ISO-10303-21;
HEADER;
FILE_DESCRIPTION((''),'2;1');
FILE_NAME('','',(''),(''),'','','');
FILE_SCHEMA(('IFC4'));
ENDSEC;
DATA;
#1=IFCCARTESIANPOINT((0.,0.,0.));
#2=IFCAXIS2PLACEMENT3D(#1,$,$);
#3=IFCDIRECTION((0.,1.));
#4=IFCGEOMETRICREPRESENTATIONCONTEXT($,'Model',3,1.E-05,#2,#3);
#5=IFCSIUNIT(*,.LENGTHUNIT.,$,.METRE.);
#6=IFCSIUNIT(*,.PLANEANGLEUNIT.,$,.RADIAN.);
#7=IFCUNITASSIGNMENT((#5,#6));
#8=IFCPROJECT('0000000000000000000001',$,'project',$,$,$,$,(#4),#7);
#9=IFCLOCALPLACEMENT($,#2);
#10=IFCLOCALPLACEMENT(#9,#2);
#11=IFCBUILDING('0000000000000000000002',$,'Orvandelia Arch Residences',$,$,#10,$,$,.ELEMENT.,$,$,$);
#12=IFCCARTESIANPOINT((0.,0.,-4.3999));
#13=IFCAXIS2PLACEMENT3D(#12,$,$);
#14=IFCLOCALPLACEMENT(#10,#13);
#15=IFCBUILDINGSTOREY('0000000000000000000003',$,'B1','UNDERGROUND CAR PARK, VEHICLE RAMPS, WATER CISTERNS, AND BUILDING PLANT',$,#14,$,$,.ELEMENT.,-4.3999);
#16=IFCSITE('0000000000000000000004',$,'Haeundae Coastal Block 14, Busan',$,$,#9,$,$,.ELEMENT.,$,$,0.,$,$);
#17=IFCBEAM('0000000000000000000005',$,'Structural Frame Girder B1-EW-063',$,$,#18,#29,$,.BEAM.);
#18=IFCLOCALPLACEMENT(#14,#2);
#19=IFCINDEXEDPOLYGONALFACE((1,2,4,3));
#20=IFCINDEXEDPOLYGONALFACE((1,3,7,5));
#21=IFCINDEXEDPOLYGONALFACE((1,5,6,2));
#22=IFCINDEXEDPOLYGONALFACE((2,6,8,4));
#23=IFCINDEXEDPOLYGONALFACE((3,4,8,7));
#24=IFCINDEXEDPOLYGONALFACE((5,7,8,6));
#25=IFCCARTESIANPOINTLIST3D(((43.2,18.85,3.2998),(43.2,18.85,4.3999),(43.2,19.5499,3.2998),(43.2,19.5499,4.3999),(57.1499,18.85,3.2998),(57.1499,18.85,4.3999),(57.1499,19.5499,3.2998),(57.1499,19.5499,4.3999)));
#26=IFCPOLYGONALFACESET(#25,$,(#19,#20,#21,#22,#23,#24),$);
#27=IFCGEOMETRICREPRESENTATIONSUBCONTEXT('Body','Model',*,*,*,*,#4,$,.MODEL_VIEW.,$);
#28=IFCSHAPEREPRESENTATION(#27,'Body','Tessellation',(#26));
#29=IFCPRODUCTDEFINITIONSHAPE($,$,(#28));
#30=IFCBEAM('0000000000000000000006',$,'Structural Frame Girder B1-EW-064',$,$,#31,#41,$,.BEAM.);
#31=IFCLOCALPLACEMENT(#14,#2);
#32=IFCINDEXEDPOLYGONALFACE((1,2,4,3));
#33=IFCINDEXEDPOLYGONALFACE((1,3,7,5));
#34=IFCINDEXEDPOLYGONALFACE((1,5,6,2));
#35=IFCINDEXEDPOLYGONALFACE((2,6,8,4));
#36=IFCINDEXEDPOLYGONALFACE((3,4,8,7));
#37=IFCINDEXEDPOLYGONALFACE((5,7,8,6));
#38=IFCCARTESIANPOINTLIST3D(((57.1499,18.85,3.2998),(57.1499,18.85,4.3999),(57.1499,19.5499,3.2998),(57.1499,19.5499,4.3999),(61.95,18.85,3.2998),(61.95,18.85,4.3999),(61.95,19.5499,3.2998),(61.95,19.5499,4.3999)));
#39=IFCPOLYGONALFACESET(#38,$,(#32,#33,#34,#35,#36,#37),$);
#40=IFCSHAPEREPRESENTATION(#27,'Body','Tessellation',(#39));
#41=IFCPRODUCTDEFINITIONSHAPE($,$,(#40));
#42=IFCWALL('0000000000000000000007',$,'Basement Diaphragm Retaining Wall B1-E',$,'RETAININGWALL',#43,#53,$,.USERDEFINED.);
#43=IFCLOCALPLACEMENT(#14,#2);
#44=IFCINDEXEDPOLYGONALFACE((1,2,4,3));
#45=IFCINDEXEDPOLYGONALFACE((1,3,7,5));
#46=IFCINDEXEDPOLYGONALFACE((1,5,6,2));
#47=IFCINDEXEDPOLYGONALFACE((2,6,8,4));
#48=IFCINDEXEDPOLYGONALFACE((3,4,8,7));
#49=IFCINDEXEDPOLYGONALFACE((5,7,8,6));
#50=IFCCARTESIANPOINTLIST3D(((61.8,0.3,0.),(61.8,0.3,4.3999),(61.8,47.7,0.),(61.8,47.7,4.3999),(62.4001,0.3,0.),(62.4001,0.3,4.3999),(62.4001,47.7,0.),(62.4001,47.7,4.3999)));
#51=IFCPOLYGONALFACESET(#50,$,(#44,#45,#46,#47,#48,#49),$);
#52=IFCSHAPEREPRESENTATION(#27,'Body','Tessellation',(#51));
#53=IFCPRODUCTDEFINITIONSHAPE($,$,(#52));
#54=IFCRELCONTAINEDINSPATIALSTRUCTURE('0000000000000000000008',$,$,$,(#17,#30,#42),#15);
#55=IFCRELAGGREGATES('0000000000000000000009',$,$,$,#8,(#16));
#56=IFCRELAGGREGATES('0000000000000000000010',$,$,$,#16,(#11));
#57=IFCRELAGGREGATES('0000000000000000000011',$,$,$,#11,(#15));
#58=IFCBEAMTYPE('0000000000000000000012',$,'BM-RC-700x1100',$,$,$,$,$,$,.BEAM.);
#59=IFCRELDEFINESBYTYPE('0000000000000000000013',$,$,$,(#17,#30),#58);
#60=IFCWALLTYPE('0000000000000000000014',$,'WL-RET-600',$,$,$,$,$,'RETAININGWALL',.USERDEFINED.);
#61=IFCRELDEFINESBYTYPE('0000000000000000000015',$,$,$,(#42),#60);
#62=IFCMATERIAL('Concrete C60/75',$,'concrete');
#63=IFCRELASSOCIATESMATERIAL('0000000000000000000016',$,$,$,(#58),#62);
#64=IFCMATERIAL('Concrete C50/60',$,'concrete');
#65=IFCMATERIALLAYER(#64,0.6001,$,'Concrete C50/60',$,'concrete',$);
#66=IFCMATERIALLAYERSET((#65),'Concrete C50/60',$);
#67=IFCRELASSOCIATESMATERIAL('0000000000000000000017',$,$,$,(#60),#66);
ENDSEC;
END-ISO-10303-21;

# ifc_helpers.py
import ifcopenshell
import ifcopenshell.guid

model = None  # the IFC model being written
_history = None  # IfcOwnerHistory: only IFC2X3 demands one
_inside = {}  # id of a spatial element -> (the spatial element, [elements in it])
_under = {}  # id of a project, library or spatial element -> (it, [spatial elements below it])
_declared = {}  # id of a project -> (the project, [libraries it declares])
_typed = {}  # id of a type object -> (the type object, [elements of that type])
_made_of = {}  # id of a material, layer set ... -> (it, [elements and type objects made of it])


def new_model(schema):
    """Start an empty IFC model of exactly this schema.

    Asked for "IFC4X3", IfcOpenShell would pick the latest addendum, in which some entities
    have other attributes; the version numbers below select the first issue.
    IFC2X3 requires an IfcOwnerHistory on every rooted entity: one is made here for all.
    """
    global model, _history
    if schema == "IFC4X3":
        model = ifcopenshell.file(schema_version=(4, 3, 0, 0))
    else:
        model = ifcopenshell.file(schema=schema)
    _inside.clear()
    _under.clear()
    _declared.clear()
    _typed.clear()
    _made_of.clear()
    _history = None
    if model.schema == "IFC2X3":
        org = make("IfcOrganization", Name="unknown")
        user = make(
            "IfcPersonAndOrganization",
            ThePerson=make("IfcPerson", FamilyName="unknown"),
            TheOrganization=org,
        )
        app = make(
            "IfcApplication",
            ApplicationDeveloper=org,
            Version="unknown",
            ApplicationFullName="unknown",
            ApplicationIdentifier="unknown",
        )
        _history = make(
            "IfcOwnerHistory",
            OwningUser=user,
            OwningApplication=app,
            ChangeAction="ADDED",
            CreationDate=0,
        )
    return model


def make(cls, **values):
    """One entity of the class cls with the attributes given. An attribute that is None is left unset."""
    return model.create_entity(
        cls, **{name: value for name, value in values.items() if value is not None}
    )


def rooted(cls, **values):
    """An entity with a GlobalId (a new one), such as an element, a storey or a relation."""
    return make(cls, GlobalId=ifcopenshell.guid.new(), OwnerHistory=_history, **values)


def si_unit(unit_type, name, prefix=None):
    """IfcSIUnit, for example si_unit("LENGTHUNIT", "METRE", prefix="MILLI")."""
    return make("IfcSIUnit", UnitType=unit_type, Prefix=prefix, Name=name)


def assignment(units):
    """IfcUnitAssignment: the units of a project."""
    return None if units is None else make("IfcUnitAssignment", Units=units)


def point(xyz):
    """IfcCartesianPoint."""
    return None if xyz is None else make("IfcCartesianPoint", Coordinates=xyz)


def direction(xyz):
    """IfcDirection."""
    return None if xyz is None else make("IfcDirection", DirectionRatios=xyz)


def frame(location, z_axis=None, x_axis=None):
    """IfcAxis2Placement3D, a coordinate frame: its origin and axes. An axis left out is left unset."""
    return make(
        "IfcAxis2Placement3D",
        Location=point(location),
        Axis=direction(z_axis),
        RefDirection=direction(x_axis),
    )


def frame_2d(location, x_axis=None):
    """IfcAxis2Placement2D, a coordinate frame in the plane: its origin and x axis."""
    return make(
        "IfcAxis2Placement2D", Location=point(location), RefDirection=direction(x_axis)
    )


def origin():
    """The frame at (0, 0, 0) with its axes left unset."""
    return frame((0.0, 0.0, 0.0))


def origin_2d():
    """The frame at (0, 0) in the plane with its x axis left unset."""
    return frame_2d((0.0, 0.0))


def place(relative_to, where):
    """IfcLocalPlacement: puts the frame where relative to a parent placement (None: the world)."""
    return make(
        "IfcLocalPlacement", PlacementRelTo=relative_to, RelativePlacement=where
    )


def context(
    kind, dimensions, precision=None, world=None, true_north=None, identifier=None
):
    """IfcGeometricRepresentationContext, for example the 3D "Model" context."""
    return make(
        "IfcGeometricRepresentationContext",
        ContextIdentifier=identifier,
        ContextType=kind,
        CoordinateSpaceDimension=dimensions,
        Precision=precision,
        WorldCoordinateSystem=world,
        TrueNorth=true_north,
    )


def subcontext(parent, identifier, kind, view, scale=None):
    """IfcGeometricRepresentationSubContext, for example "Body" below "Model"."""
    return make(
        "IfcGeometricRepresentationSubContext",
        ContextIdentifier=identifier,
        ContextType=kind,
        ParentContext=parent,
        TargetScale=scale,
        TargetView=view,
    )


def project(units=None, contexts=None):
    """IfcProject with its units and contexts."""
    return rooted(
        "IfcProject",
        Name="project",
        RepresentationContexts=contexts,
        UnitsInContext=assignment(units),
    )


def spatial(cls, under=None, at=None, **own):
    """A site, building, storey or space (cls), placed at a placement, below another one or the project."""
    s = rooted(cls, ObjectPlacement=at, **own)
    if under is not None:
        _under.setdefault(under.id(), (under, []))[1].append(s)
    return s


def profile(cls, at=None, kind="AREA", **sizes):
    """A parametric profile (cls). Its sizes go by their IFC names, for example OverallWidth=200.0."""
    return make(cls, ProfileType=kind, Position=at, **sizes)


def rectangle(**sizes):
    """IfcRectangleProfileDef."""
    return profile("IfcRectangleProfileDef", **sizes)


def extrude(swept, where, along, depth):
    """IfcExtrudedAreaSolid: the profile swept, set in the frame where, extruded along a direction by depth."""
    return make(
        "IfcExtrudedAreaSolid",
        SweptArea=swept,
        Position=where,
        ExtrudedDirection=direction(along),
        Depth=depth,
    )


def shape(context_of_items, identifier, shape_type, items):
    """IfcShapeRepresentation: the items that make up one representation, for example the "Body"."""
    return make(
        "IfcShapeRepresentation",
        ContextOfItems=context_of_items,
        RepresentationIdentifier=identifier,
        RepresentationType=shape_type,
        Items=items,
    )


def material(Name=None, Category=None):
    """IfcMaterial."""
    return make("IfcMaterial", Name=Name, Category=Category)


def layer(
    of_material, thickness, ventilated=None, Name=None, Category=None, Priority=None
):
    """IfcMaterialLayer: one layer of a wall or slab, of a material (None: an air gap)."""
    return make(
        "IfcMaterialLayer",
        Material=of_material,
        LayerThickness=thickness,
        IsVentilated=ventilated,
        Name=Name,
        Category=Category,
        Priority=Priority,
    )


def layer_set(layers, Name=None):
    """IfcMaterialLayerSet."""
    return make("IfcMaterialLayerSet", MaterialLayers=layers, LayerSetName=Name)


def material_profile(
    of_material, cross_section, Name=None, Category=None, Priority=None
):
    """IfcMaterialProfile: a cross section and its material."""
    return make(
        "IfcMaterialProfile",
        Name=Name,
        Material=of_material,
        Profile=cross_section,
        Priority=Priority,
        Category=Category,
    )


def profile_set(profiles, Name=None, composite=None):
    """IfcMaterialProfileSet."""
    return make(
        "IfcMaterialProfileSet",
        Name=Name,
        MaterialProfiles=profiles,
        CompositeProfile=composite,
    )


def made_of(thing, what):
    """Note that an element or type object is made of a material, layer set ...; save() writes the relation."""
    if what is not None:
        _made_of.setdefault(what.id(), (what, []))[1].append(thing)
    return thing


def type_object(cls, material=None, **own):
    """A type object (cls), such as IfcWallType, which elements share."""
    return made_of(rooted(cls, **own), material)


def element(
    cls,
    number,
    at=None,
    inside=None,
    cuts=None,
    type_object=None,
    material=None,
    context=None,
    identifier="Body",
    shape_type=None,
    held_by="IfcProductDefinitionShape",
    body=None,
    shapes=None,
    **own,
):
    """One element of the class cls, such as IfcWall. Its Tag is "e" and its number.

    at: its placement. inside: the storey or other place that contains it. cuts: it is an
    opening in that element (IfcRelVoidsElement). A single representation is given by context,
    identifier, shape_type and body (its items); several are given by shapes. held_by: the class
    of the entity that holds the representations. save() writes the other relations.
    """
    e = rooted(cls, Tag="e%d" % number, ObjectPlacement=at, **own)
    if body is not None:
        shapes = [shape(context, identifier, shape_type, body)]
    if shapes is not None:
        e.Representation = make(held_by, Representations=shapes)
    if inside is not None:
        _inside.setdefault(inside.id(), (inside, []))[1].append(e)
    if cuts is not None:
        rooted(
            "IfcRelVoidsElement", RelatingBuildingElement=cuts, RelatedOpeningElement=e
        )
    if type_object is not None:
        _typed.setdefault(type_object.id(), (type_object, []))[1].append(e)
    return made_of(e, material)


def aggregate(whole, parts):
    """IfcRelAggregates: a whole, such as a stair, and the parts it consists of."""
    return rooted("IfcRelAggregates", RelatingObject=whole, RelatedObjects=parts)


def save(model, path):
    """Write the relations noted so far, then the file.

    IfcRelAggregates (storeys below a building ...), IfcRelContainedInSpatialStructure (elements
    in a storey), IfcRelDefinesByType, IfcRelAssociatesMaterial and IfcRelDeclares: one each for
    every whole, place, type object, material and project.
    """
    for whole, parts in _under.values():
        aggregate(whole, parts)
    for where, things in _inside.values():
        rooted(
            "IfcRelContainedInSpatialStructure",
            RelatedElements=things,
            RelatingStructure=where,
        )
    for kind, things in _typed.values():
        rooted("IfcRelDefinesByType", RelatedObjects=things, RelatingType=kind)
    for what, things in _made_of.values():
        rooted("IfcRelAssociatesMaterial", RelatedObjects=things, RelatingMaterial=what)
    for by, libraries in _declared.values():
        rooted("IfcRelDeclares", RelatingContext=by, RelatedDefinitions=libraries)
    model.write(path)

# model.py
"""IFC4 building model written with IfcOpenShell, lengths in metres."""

from ifc_helpers import new_model, si_unit, direction, frame, frame_2d, origin, origin_2d, place, context, subcontext, project, spatial, rectangle, extrude, material, layer, layer_set, material_profile, profile_set, type_object, element, save


model = new_model("IFC4")

# Units and contexts
model_context = context("Model", 3, precision=1e-05, world=origin(), true_north=direction((0.0, 1.0)))
body_context = subcontext(model_context, "Body", "Model", "MODEL_VIEW")
ifc_project = project(units=[si_unit("LENGTHUNIT", "METRE"), si_unit("PLANEANGLEUNIT", "RADIAN")], contexts=[model_context])

# Site, building, storey
site_placement = place(None, origin())
site = spatial("IfcSite", under=ifc_project, at=site_placement, Name="Haeundae Coastal Block 14, Busan", CompositionType="ELEMENT", RefElevation=0.0)
building_placement = place(site_placement, origin())
building = spatial("IfcBuilding", under=site, at=building_placement, Name="Orvandelia Arch Residences", CompositionType="ELEMENT")
storey_placement = place(building_placement, frame((0.0, 0.0, -4.3999)))
storey = spatial("IfcBuildingStorey", under=building, at=storey_placement, Name="B1", Description="UNDERGROUND CAR PARK, VEHICLE RAMPS, WATER CISTERNS, AND BUILDING PLANT", CompositionType="ELEMENT", Elevation=-4.3999)

# Shared definitions
ifc_material_1 = material(Name="Concrete C50/60", Category="concrete")
ifc_material_2 = material(Name="Concrete C60/75", Category="concrete")

# Beams
ifc_material_profile_1 = material_profile(ifc_material_2, rectangle(XDim=0.7, YDim=1.1001, at=origin_2d()), Name="Concrete C60/75", Category="concrete")
ifc_profile_set_1 = profile_set([ifc_material_profile_1], Name="Concrete C60/75")
beam_type_1 = type_object("IfcBeamType", Name="BM-RC-700x1100", PredefinedType="BEAM", material=ifc_profile_set_1)
beam_1_placement = place(storey_placement, frame((43.2, 19.2, 3.8499), z_axis=(1.0, 0.0, 0.0), x_axis=(0.0, 1.0, 0.0)))
element("IfcBeam", 1, at=beam_1_placement, inside=storey, type_object=beam_type_1, Name="Structural Frame Girder B1-EW-063", PredefinedType="BEAM", context=body_context, shape_type="SweptSolid", body=[
    extrude(rectangle(XDim=0.7, YDim=1.1001, at=origin_2d()), origin(), (0.0, 0.0, 1.0), 13.95),
])
beam_2_placement = place(storey_placement, frame((57.1499, 19.2, 3.8499), z_axis=(1.0, 0.0, 0.0), x_axis=(0.0, 1.0, 0.0)))
element("IfcBeam", 2, at=beam_2_placement, inside=storey, type_object=beam_type_1, Name="Structural Frame Girder B1-EW-064", PredefinedType="BEAM", context=body_context, shape_type="SweptSolid", body=[
    extrude(rectangle(XDim=0.7, YDim=1.1001, at=origin_2d()), origin(), (0.0, 0.0, 1.0), 4.8),
])

# Wall
ifc_layer = layer(ifc_material_1, 0.6001, Name="Concrete C50/60", Category="concrete")
ifc_layer_set = layer_set([ifc_layer], Name="Concrete C50/60")
wall_type = type_object("IfcWallType", Name="WL-RET-600", ElementType="RETAININGWALL", PredefinedType="USERDEFINED", material=ifc_layer_set)
wall_placement = place(storey_placement, frame((62.1001, 0.3, 0.0), z_axis=(0.0, 0.0, 1.0), x_axis=(0.0, 1.0, 0.0)))
element("IfcWall", 3, at=wall_placement, inside=storey, type_object=wall_type, Name="Basement Diaphragm Retaining Wall B1-E", ObjectType="RETAININGWALL", PredefinedType="USERDEFINED", context=body_context, shape_type="SweptSolid", body=[
    extrude(rectangle(XDim=47.3999, YDim=0.6001, at=frame_2d((23.7, 0.0))), origin(), (0.0, 0.0, 1.0), 4.3999),
])

save(model, "model.ifc")
